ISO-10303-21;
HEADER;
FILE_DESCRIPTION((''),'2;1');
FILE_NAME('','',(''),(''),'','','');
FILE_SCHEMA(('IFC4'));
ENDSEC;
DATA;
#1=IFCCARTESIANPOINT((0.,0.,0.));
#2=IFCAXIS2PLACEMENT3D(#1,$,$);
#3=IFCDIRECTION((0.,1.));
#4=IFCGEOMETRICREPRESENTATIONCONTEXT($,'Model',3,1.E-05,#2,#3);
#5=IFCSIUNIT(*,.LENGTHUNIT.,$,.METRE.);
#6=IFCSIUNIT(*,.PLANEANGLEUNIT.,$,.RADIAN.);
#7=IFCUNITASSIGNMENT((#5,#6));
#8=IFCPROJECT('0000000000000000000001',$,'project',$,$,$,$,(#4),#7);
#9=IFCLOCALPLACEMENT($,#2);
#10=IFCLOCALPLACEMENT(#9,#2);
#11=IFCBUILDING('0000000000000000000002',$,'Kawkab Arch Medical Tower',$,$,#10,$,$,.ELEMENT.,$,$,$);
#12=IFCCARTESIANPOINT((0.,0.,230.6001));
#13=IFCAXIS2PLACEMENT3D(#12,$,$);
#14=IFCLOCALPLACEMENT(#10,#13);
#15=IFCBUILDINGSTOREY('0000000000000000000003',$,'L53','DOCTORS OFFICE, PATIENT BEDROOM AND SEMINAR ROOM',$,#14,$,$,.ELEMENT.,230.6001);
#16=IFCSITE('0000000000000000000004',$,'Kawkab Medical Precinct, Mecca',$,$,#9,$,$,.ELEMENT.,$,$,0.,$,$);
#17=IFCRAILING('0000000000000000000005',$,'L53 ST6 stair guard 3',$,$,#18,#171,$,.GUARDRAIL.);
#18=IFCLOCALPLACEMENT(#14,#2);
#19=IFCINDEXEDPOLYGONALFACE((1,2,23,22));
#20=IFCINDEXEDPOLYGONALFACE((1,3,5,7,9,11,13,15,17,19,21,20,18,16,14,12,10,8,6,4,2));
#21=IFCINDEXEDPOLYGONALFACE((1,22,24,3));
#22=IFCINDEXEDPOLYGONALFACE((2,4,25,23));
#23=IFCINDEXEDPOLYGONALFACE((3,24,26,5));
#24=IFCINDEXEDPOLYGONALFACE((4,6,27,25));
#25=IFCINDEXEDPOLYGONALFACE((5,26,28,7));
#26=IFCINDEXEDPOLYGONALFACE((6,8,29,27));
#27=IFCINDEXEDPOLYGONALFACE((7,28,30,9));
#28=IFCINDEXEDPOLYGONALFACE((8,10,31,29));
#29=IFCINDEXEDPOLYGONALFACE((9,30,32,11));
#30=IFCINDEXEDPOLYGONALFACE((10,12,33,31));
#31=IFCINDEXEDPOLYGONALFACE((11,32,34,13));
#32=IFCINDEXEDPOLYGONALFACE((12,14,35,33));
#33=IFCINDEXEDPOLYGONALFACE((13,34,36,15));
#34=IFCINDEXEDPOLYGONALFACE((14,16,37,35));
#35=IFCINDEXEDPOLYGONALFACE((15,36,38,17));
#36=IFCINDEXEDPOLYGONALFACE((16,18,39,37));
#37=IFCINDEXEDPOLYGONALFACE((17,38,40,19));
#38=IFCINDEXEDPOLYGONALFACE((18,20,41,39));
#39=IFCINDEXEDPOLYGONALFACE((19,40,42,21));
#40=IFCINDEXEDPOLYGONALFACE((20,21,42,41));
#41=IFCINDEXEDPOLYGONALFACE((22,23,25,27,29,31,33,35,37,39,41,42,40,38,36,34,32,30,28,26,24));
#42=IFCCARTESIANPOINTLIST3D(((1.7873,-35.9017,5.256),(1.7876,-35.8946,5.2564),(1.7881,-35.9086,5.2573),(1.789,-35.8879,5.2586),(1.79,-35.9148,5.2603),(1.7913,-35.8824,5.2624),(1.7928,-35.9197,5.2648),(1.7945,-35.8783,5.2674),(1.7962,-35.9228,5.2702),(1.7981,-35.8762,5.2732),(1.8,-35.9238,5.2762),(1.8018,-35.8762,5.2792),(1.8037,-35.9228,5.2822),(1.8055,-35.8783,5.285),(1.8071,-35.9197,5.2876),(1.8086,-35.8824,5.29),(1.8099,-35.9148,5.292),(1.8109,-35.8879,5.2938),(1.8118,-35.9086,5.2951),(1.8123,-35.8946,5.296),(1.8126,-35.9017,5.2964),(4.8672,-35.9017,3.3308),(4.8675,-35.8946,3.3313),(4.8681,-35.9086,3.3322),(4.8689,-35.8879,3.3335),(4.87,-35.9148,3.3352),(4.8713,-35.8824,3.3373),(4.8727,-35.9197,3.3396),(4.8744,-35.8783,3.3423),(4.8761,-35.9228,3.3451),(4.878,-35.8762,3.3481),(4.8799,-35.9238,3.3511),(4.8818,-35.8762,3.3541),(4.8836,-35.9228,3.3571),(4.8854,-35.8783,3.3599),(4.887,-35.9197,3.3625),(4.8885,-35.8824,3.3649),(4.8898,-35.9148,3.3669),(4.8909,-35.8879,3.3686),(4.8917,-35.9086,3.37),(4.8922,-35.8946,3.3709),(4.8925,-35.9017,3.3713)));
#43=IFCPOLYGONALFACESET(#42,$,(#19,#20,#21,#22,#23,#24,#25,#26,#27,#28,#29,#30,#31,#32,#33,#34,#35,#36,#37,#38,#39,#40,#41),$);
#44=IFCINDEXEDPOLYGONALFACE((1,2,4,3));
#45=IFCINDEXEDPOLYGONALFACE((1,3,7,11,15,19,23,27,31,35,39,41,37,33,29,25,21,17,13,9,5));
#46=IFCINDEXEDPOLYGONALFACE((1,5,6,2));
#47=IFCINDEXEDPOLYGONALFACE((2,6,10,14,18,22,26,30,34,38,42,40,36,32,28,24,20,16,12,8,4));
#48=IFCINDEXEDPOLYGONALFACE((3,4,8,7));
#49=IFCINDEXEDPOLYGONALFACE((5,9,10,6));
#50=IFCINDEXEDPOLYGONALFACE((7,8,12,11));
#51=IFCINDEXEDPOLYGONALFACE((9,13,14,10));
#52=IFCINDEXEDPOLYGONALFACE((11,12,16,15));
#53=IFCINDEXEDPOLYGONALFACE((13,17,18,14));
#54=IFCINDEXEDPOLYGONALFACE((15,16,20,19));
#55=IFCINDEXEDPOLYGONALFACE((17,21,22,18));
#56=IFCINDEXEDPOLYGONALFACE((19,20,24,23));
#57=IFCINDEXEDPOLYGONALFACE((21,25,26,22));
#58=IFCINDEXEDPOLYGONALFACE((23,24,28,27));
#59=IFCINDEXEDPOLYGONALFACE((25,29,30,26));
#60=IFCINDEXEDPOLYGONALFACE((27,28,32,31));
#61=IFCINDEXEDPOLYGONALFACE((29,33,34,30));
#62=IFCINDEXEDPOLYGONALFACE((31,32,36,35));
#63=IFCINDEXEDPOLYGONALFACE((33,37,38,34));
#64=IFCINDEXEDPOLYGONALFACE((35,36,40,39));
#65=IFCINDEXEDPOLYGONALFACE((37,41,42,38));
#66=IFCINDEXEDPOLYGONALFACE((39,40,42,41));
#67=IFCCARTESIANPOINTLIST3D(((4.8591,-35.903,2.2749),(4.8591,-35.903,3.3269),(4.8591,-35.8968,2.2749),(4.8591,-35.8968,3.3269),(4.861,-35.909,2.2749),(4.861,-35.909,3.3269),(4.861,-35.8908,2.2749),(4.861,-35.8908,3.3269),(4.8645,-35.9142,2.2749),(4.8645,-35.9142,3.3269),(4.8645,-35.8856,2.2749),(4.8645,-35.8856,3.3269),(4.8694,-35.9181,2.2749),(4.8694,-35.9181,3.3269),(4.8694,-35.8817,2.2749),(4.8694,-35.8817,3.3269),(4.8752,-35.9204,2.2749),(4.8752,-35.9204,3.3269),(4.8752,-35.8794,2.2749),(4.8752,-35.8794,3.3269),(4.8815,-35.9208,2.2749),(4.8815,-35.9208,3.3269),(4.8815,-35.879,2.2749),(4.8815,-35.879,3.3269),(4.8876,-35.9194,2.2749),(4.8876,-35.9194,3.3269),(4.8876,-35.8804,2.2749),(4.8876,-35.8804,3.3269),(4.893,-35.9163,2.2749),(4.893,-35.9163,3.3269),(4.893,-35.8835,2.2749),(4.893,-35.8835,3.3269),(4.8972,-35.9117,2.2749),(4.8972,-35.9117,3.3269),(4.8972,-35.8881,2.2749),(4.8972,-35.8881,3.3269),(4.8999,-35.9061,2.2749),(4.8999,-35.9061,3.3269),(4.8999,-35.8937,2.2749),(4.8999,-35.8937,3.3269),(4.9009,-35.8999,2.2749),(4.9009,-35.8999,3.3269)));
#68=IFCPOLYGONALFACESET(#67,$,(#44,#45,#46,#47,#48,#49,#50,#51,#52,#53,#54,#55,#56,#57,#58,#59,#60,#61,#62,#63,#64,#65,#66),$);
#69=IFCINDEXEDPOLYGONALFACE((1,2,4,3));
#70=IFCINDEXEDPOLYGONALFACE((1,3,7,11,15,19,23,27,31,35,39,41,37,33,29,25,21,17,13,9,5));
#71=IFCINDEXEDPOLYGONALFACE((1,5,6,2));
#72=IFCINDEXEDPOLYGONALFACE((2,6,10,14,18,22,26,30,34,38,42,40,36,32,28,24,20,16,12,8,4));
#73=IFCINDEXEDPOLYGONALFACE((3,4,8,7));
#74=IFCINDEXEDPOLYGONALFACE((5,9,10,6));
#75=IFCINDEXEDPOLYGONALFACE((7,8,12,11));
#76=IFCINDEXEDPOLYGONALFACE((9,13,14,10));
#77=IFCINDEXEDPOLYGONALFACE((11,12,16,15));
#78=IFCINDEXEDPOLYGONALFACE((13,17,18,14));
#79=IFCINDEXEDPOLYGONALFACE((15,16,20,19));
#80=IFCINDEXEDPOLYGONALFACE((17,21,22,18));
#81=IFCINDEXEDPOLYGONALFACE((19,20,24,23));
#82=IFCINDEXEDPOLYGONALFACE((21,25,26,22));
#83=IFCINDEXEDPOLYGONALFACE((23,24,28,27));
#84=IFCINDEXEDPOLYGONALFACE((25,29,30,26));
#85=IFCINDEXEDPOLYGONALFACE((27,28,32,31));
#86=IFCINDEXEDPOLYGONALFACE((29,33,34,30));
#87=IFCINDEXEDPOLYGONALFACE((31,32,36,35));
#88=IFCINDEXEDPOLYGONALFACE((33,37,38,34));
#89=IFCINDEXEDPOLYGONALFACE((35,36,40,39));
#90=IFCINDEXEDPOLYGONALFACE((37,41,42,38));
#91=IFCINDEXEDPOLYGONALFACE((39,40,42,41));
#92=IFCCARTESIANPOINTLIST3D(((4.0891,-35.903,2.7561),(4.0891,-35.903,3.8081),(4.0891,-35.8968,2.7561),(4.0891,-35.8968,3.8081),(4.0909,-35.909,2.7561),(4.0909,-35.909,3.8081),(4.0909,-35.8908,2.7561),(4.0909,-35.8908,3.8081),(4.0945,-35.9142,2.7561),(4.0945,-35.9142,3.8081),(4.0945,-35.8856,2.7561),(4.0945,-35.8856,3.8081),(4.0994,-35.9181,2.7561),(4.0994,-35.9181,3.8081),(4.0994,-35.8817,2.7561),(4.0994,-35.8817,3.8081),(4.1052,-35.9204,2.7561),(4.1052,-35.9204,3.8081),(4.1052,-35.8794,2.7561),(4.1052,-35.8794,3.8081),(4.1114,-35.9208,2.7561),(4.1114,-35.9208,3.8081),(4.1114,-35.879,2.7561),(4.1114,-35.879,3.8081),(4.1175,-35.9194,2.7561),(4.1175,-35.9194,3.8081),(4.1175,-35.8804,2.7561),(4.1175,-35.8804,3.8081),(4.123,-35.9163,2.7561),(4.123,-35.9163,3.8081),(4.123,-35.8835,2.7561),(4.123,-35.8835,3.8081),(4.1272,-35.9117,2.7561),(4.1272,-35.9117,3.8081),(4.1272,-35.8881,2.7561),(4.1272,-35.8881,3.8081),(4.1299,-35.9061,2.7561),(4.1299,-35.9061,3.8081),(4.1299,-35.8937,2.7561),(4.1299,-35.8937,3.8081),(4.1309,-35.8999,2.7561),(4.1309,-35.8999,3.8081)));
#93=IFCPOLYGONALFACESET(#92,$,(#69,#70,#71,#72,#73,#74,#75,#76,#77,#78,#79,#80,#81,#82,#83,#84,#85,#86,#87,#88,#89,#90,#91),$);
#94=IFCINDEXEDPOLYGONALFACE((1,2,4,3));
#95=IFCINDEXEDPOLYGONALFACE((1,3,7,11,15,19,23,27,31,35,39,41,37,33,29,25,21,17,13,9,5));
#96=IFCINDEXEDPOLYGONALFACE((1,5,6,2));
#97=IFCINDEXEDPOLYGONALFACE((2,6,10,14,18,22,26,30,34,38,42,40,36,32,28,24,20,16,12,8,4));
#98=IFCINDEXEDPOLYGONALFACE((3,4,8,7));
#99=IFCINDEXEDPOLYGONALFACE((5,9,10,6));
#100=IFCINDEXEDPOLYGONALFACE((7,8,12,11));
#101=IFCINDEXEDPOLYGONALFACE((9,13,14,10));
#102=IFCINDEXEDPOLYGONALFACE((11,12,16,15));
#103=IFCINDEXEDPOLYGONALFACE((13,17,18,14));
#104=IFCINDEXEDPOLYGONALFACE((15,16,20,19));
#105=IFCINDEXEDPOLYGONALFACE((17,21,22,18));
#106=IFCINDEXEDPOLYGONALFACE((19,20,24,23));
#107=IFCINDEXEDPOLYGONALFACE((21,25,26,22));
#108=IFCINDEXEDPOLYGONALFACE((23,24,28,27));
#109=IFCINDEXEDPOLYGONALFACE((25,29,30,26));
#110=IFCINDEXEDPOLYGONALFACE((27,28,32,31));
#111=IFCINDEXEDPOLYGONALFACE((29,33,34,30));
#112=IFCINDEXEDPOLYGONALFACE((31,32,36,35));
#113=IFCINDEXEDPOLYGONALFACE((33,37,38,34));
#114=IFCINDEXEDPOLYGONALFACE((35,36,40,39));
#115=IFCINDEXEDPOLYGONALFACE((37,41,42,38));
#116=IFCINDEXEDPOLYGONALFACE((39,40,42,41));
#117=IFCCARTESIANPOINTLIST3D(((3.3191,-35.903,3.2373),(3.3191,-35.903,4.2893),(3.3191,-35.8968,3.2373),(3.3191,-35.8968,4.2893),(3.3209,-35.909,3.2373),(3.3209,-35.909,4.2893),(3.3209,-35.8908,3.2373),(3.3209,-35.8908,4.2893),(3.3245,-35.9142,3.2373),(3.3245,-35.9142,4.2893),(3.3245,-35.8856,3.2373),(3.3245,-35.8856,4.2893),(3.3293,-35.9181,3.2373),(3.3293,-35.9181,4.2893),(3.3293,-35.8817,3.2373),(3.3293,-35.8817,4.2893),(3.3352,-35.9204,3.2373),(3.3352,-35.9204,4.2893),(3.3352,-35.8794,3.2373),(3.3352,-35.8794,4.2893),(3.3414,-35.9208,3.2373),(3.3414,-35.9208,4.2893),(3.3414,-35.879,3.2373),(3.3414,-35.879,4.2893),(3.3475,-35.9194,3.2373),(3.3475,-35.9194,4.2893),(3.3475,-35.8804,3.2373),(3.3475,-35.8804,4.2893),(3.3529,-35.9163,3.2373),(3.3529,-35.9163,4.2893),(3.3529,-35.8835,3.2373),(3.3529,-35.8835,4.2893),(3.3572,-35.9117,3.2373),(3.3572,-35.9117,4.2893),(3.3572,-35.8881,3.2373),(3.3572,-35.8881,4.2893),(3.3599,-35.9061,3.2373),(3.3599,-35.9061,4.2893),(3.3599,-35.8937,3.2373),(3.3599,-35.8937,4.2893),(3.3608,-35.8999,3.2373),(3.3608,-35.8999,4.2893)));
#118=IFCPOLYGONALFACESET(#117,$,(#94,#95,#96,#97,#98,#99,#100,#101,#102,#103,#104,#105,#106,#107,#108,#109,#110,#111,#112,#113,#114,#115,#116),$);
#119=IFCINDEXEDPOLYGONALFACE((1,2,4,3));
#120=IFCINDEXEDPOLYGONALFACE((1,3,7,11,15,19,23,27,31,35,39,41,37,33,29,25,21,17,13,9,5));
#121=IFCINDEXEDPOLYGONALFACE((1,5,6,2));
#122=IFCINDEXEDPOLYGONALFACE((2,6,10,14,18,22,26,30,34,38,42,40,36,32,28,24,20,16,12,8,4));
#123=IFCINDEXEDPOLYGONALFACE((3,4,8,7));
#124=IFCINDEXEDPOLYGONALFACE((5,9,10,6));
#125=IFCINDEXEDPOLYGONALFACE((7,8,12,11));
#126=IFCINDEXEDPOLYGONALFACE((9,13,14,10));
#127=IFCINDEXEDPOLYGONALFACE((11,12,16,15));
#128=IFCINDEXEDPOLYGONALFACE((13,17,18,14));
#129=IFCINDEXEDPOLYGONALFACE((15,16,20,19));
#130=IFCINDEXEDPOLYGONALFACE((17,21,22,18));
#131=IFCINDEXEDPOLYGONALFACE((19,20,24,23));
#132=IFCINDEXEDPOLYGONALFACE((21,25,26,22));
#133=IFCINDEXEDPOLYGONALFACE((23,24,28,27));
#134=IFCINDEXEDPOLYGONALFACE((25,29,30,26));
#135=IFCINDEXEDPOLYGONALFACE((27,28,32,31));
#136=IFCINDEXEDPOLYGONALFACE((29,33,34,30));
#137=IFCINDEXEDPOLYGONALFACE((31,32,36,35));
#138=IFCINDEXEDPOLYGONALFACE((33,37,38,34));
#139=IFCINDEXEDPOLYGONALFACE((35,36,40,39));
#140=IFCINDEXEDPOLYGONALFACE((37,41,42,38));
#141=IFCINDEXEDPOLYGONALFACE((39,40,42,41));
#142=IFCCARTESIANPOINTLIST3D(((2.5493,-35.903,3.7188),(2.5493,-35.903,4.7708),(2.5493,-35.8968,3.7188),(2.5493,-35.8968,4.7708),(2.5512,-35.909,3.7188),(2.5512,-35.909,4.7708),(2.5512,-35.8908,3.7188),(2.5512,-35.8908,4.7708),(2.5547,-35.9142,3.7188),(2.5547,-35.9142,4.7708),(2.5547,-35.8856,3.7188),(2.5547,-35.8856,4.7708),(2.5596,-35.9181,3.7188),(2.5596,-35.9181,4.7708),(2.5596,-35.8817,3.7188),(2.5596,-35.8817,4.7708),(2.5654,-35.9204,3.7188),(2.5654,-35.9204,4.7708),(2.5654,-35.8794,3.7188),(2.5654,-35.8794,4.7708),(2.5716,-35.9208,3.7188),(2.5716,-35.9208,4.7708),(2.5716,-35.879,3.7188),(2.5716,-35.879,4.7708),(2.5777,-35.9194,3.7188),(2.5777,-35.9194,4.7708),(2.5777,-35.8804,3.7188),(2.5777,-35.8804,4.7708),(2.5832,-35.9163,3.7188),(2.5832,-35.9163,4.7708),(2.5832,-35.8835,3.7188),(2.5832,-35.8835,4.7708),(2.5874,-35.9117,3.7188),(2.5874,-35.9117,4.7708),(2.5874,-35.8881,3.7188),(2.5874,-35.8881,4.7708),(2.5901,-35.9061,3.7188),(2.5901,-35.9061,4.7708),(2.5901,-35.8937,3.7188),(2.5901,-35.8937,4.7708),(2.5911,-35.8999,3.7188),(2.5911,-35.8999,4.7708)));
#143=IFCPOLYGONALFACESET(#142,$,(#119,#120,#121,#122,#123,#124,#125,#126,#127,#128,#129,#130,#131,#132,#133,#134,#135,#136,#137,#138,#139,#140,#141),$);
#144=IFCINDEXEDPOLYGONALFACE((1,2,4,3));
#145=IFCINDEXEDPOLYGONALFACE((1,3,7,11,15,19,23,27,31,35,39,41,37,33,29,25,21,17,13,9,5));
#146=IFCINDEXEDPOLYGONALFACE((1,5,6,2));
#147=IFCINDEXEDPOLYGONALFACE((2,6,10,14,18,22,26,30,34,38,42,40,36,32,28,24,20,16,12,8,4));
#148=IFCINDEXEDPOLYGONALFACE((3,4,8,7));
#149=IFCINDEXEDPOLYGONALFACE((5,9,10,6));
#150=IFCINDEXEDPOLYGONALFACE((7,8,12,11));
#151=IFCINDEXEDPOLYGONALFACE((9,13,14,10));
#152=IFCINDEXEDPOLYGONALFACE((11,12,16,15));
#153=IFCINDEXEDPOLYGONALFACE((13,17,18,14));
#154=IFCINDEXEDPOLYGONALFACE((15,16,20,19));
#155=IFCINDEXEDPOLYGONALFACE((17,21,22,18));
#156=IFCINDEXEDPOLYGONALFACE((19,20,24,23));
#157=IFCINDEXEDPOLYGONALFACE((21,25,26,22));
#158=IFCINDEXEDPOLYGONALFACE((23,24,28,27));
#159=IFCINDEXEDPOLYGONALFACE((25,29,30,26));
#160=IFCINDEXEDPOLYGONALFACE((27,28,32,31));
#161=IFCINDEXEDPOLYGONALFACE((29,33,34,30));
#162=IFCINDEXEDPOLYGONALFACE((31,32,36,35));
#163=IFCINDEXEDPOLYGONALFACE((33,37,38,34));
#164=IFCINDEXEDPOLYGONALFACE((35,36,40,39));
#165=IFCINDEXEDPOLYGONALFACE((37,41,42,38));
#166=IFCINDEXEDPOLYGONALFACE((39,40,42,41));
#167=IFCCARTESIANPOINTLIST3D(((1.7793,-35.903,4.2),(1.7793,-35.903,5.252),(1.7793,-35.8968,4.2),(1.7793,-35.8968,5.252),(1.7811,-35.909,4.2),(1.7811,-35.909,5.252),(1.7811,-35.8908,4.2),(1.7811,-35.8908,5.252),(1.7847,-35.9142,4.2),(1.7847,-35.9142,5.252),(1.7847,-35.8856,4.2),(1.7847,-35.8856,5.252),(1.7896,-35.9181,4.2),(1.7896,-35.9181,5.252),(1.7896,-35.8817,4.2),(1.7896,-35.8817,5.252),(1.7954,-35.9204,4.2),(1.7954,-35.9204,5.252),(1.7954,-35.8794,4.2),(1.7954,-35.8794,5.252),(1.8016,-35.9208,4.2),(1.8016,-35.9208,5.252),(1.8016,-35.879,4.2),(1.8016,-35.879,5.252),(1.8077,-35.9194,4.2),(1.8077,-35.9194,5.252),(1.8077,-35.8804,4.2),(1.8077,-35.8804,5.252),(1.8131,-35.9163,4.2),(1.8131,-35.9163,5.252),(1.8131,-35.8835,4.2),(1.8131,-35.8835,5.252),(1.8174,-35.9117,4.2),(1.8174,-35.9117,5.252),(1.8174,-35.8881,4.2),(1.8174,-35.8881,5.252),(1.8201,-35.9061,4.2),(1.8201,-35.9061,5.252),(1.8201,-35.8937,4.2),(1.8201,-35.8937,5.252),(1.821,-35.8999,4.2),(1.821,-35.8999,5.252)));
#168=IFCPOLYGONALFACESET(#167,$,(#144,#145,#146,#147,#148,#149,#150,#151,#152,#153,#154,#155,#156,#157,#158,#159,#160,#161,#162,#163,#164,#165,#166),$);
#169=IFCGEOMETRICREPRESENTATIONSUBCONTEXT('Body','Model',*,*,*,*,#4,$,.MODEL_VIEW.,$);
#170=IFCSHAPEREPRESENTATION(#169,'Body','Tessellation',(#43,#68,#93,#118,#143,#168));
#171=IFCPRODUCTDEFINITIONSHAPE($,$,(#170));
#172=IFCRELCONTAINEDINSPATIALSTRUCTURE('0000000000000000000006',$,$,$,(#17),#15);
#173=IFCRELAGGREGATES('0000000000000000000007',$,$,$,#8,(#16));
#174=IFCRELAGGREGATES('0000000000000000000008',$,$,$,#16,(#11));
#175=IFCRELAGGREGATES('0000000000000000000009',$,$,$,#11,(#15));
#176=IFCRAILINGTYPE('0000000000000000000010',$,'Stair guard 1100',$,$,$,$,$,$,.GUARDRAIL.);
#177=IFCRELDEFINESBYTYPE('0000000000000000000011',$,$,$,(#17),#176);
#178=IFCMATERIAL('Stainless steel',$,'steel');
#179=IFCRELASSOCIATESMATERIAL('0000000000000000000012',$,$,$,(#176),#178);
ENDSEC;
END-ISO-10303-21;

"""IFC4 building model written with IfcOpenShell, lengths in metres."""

from ifc_helpers import new_model, si_unit, direction, frame, origin, origin_2d, place, context, subcontext, project, spatial, circle, extrude, material, type_object, element, save


model = new_model("IFC4")

# Units and contexts
model_context = context("Model", 3, precision=1e-05, world=origin(), true_north=direction((0.0, 1.0)))
body_context = subcontext(model_context, "Body", "Model", "MODEL_VIEW")
ifc_project = project(units=[si_unit("LENGTHUNIT", "METRE"), si_unit("PLANEANGLEUNIT", "RADIAN")], contexts=[model_context])

# Site, building, storey
site_placement = place(None, origin())
site = spatial("IfcSite", under=ifc_project, at=site_placement, Name="Kawkab Medical Precinct, Mecca", CompositionType="ELEMENT", RefElevation=0.0)
building_placement = place(site_placement, origin())
building = spatial("IfcBuilding", under=site, at=building_placement, Name="Kawkab Arch Medical Tower", CompositionType="ELEMENT")
storey_placement = place(building_placement, frame((0.0, 0.0, 230.6001)))
storey = spatial("IfcBuildingStorey", under=building, at=storey_placement, Name="L53", Description="DOCTORS OFFICE, PATIENT BEDROOM AND SEMINAR ROOM", CompositionType="ELEMENT", Elevation=230.6001)

# Railing
ifc_material_1 = material(Name="Stainless steel", Category="steel")
railing_type = type_object("IfcRailingType", Name="Stair guard 1100", PredefinedType="GUARDRAIL", material=ifc_material_1)
railing_placement = place(storey_placement, frame((4.8799, -35.8999, 2.2749)))
element("IfcRailing", 1, at=railing_placement, inside=storey, type_object=railing_type, Name="L53 ST6 stair guard 3", PredefinedType="GUARDRAIL", context=body_context, shape_type="SweptSolid", body=[
    extrude(circle(Radius=0.0239, at=origin_2d()), frame((0.0, 0.0, 1.0762), z_axis=(-0.847979, 0.0, 0.530029), x_axis=(0.0, -1.0, 0.0)), (0.0, 0.0, 1.0), 3.6321),
    extrude(circle(Radius=0.021, at=origin_2d()), origin(), (0.0, 0.0, 1.0), 1.052),
    extrude(circle(Radius=0.021, at=origin_2d()), frame((-0.77, 0.0, 0.4812)), (0.0, 0.0, 1.0), 1.052),
    extrude(circle(Radius=0.021, at=origin_2d()), frame((-1.54, 0.0, 0.9624)), (0.0, 0.0, 1.0), 1.052),
    extrude(circle(Radius=0.021, at=origin_2d()), frame((-2.3098, 0.0, 1.4438)), (0.0, 0.0, 1.0), 1.052),
    extrude(circle(Radius=0.021, at=origin_2d()), frame((-3.0798, 0.0, 1.925)), (0.0, 0.0, 1.0), 1.052),
])

save(model, "model.ifc")
